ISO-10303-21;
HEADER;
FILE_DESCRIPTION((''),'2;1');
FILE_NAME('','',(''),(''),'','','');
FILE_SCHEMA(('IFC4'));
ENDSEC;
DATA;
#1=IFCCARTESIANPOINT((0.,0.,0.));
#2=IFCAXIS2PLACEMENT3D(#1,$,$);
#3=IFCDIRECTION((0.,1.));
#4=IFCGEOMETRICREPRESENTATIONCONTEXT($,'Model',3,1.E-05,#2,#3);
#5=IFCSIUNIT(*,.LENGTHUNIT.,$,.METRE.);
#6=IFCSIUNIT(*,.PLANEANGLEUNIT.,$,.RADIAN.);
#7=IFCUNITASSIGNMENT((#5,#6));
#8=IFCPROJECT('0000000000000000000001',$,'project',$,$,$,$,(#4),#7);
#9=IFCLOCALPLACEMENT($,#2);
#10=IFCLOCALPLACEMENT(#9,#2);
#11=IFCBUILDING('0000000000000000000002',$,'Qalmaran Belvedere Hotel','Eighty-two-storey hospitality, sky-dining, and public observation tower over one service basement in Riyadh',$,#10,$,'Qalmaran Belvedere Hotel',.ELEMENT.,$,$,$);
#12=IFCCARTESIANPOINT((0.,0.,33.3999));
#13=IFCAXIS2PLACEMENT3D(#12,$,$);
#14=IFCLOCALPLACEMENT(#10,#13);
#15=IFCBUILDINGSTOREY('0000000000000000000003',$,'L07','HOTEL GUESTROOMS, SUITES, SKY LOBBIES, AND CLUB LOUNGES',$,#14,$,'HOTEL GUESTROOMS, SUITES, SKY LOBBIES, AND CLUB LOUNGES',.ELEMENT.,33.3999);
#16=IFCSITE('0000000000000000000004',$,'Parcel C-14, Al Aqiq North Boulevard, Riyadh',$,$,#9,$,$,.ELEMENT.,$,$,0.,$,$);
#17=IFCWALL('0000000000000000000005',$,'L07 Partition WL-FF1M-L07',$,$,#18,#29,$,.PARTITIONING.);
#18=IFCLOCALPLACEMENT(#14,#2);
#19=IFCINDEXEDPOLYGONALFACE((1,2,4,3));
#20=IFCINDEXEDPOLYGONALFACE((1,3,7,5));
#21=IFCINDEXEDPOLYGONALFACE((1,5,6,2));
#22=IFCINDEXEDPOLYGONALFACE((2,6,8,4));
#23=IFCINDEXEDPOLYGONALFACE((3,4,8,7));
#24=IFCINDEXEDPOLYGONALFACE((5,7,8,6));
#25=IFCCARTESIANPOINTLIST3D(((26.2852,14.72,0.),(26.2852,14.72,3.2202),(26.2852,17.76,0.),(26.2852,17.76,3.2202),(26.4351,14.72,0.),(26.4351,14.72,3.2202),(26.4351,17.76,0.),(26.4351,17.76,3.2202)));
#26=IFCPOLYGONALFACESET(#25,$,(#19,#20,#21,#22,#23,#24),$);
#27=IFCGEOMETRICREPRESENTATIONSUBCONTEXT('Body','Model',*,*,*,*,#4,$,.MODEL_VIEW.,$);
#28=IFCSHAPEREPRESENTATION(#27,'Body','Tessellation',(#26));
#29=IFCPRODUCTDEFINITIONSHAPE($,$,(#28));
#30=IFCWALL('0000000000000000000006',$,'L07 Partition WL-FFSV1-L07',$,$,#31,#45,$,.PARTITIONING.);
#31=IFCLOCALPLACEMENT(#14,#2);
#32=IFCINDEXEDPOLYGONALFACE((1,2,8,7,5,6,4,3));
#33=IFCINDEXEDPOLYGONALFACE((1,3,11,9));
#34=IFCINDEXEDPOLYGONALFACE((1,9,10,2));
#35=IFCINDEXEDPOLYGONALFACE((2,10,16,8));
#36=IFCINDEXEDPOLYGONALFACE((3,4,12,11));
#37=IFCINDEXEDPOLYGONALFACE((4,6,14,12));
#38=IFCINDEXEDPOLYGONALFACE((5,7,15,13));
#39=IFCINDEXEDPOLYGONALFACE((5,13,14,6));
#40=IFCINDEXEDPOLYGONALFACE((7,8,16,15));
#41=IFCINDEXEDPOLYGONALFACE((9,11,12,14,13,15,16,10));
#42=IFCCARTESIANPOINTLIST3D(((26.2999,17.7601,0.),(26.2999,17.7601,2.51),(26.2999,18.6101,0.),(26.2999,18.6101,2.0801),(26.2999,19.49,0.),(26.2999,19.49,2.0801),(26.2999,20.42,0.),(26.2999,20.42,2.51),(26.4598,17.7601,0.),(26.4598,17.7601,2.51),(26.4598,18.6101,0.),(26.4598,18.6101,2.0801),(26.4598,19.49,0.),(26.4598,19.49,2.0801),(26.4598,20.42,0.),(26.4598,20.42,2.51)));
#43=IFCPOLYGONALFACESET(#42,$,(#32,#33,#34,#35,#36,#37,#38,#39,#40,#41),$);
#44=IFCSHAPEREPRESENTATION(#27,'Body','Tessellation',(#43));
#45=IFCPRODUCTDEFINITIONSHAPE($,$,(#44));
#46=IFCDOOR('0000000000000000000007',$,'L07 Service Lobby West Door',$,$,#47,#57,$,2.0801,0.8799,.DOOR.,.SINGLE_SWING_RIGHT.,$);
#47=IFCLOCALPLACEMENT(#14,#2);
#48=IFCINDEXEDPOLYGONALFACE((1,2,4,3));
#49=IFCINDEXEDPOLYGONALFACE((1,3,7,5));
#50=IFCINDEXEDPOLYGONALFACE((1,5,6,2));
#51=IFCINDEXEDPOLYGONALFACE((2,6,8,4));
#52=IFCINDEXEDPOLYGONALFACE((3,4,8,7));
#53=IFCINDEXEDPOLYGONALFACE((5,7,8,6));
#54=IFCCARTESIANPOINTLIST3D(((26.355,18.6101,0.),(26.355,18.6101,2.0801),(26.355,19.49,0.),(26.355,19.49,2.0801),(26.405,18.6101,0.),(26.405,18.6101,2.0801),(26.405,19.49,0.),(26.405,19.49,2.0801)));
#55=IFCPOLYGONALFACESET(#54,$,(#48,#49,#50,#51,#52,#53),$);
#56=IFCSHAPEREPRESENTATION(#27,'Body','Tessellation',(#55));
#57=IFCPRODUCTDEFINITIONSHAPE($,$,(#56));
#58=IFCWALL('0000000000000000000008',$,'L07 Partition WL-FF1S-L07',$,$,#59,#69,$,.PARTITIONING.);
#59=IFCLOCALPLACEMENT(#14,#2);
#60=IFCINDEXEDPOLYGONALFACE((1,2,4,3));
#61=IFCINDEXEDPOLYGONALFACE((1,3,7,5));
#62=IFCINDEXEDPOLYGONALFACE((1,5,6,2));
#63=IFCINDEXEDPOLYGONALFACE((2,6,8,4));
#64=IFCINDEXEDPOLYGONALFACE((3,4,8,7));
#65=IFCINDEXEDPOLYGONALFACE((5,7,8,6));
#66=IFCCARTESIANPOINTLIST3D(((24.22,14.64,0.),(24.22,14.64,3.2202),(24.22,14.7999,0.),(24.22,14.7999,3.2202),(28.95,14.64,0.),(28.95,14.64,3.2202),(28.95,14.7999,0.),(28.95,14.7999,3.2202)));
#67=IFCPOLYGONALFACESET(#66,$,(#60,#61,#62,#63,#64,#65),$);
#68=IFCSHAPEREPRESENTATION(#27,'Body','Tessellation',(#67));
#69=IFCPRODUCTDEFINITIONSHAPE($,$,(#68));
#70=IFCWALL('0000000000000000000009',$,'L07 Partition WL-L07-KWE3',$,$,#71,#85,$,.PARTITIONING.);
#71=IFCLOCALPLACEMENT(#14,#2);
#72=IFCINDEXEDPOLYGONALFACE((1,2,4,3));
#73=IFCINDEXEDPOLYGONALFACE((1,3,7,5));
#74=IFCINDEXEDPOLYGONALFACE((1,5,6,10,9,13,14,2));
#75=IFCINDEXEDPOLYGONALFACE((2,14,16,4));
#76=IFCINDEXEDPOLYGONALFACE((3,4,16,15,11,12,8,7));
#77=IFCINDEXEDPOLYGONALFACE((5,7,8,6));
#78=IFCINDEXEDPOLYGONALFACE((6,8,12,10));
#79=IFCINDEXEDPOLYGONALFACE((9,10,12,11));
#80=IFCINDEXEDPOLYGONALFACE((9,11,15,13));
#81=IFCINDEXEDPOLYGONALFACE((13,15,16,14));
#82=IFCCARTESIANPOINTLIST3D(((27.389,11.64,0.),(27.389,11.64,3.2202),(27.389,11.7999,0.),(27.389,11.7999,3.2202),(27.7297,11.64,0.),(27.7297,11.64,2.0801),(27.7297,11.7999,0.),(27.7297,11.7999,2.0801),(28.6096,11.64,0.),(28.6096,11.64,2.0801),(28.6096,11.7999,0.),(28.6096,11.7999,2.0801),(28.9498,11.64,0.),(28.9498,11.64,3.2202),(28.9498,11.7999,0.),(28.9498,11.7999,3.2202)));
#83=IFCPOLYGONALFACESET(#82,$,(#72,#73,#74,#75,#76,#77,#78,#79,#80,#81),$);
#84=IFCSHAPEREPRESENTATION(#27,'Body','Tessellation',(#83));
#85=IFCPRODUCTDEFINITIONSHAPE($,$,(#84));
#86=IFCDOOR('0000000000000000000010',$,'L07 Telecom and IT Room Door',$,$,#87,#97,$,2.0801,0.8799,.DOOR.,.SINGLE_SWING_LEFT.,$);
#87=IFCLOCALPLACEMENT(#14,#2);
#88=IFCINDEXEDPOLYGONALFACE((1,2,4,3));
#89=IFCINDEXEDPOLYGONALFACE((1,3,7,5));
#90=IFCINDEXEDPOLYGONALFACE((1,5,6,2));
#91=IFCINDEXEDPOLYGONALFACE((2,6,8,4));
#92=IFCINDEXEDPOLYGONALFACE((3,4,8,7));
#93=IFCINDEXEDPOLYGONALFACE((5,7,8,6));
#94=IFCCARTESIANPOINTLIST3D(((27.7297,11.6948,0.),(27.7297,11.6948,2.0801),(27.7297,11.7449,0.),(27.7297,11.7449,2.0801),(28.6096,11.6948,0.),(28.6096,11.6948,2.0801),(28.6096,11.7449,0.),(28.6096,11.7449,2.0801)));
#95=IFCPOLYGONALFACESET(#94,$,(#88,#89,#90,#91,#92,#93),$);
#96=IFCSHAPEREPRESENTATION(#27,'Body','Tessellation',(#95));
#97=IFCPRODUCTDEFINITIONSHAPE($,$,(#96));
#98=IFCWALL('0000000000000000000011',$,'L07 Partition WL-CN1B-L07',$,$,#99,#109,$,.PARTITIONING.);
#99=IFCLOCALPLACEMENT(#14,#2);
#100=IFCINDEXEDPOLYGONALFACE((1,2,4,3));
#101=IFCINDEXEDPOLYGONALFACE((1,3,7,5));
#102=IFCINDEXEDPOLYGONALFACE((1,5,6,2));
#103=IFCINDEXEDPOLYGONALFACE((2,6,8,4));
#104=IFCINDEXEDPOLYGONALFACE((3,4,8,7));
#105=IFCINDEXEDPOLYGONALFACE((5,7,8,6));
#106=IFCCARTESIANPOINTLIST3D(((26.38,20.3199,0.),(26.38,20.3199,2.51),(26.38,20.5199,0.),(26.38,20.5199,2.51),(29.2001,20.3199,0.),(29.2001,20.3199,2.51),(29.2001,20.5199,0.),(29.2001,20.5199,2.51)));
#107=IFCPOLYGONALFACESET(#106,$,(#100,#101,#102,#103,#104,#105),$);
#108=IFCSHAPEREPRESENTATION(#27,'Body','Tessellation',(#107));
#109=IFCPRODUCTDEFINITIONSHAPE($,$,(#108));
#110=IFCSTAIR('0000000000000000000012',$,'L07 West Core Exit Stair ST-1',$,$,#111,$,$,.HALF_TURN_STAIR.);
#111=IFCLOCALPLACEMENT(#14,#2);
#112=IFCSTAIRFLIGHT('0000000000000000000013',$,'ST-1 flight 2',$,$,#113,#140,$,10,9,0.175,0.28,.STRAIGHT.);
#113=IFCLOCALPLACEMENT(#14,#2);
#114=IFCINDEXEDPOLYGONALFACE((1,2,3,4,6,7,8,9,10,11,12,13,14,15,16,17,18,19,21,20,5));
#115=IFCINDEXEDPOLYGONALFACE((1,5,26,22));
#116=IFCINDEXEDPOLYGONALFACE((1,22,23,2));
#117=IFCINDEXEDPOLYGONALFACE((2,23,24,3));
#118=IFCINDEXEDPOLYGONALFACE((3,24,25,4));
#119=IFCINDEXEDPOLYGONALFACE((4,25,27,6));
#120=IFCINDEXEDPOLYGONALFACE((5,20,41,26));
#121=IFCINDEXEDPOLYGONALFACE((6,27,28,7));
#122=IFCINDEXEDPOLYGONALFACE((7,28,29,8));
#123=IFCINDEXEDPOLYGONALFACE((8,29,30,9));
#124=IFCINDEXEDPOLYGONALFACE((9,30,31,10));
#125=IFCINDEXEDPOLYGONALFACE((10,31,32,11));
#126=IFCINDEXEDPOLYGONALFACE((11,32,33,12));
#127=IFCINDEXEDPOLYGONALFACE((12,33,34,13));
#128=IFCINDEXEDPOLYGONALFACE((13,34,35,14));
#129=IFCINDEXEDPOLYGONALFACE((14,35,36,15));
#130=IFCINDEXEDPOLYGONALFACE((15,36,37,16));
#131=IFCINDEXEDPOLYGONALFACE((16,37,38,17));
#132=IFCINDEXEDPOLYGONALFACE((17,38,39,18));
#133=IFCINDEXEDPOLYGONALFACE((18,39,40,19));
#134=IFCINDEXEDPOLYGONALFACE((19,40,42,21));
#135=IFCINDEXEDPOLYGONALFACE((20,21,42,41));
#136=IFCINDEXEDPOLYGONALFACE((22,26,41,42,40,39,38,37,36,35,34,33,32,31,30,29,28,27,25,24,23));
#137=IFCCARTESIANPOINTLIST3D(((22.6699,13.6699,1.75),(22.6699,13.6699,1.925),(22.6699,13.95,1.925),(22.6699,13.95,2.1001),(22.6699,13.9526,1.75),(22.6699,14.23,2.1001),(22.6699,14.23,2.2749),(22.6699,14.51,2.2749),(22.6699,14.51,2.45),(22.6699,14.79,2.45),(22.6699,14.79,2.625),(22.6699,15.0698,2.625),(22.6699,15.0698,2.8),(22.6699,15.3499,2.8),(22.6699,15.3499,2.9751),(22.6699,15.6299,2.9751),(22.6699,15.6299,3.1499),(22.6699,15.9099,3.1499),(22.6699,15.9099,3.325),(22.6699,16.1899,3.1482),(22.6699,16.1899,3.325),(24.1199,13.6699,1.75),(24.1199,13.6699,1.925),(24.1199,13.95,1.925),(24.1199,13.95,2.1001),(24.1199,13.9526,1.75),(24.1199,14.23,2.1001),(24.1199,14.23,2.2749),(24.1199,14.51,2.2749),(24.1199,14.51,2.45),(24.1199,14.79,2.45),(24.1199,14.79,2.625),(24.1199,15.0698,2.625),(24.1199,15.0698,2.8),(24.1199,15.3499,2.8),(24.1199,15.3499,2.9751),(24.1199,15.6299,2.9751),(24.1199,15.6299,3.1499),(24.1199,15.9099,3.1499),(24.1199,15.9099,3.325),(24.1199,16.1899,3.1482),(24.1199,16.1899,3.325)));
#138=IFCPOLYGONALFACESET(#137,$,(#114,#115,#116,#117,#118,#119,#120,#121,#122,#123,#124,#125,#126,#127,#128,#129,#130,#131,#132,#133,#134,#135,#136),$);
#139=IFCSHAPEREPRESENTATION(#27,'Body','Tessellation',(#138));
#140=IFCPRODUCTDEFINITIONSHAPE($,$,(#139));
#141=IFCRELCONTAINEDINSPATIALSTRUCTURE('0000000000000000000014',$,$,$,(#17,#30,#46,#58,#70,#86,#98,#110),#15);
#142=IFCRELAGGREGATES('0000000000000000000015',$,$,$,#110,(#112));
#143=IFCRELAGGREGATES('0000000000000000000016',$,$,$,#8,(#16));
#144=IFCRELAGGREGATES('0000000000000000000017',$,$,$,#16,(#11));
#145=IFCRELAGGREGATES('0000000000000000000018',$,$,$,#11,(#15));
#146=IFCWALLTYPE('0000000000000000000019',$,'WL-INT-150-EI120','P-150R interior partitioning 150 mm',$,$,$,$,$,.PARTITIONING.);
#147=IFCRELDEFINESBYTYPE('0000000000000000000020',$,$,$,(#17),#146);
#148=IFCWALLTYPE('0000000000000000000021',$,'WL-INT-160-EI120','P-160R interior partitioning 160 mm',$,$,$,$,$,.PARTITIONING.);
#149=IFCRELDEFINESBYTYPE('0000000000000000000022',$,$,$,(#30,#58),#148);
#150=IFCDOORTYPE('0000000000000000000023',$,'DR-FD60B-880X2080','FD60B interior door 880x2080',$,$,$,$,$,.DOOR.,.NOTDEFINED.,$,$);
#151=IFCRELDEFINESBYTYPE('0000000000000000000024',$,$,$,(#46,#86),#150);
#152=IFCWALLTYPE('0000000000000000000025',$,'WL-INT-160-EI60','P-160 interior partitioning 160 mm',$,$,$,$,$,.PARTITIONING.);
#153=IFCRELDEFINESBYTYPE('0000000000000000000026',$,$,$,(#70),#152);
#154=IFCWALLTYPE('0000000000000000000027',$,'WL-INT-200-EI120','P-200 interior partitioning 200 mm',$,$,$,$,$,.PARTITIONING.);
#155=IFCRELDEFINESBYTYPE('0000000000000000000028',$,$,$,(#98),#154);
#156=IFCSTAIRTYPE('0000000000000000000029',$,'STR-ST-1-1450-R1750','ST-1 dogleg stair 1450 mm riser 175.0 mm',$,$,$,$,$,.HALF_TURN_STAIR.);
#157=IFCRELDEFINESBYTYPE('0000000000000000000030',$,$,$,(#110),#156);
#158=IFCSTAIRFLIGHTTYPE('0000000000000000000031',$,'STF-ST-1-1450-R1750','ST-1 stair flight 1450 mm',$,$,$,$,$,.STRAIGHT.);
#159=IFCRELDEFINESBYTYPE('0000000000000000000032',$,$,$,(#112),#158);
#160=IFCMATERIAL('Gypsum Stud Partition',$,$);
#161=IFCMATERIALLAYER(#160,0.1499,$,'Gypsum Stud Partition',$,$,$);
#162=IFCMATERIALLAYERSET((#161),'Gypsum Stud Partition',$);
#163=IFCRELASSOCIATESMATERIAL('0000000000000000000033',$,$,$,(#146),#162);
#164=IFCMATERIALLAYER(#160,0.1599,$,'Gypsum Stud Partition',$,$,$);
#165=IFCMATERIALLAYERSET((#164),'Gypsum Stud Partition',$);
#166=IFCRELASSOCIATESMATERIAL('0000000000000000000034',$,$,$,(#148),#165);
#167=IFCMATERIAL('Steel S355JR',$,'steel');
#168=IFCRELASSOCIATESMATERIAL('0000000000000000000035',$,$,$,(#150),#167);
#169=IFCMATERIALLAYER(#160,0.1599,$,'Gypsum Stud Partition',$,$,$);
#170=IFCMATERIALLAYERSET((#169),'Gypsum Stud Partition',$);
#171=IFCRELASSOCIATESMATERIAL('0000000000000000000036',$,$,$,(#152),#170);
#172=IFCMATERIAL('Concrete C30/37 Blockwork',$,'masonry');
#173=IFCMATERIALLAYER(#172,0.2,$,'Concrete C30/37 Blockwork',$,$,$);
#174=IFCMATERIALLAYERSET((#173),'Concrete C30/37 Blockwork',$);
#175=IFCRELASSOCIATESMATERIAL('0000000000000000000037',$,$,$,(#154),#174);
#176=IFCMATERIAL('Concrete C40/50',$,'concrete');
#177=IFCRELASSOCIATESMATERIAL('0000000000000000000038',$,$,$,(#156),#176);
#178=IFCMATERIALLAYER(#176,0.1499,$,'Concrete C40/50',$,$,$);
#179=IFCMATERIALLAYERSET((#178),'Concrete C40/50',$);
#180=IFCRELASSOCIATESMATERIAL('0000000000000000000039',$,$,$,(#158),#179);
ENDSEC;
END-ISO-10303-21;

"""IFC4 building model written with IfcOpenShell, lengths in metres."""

from ifc_helpers import new_model, si_unit, direction, frame, frame_2d, origin, place, context, subcontext, project, spatial, polyline, rectangle, outline, extrude, material, layer, layer_set, type_object, element, fill, aggregate, save


model = new_model("IFC4")

# Units and contexts
model_context = context("Model", 3, precision=1e-05, world=origin(), true_north=direction((0.0, 1.0)))
body_context = subcontext(model_context, "Body", "Model", "MODEL_VIEW")
ifc_project = project(units=[si_unit("LENGTHUNIT", "METRE"), si_unit("PLANEANGLEUNIT", "RADIAN")], contexts=[model_context])

# Site, building, storey
site_placement = place(None, origin())
site = spatial("IfcSite", under=ifc_project, at=site_placement, Name="Parcel C-14, Al Aqiq North Boulevard, Riyadh", CompositionType="ELEMENT", RefElevation=0.0)
building_placement = place(site_placement, origin())
building = spatial("IfcBuilding", under=site, at=building_placement, Name="Qalmaran Belvedere Hotel", Description="Eighty-two-storey hospitality, sky-dining, and public observation tower over one service basement in Riyadh", LongName="Qalmaran Belvedere Hotel", CompositionType="ELEMENT")
storey_placement = place(building_placement, frame((0.0, 0.0, 33.3999)))
storey = spatial("IfcBuildingStorey", under=building, at=storey_placement, Name="L07", Description="HOTEL GUESTROOMS, SUITES, SKY LOBBIES, AND CLUB LOUNGES", LongName="HOTEL GUESTROOMS, SUITES, SKY LOBBIES, AND CLUB LOUNGES", CompositionType="ELEMENT", Elevation=33.3999)

# Wall
ifc_material_1 = material(Name="Gypsum Stud Partition")
ifc_layer_1 = layer(ifc_material_1, 0.1499, Name="Gypsum Stud Partition")
ifc_layer_set_1 = layer_set([ifc_layer_1], Name="Gypsum Stud Partition")
wall_type_1 = type_object("IfcWallType", Name="WL-INT-150-EI120", Description="P-150R interior partitioning 150 mm", PredefinedType="PARTITIONING", material=ifc_layer_set_1)
wall_1_placement = place(storey_placement, frame((26.3601, 14.72, 0.0), z_axis=(0.0, 0.0, 1.0), x_axis=(0.0, 1.0, 0.0)))
element("IfcWall", 1, at=wall_1_placement, inside=storey, type_object=wall_type_1, Name="L07 Partition WL-FF1M-L07", PredefinedType="PARTITIONING", context=body_context, shape_type="SweptSolid", body=[
    extrude(rectangle(XDim=3.04, YDim=0.1499, at=frame_2d((1.52, 0.0))), origin(), (0.0, 0.0, 1.0), 3.2202),
])

# Wall, opening, door
ifc_layer_2 = layer(ifc_material_1, 0.1599, Name="Gypsum Stud Partition")
ifc_layer_set_2 = layer_set([ifc_layer_2], Name="Gypsum Stud Partition")
wall_type_2 = type_object("IfcWallType", Name="WL-INT-160-EI120", Description="P-160R interior partitioning 160 mm", PredefinedType="PARTITIONING", material=ifc_layer_set_2)
wall_2_placement = place(storey_placement, frame((26.3799, 17.76, 0.0), z_axis=(0.0, 0.0, 1.0), x_axis=(0.0, 1.0, 0.0)))
wall_2 = element("IfcWall", 2, at=wall_2_placement, inside=storey, type_object=wall_type_2, Name="L07 Partition WL-FFSV1-L07", PredefinedType="PARTITIONING", context=body_context, shape_type="SweptSolid", body=[
    extrude(rectangle(XDim=2.6599, YDim=0.1599, at=frame_2d((1.3301, 0.0))), origin(), (0.0, 0.0, 1.0), 2.51),
])
opening_1_placement = place(wall_2_placement, frame((0.8501, 0.0, 0.0)))
opening_1 = element("IfcOpeningElement", 3, at=opening_1_placement, cuts=wall_2, PredefinedType="OPENING", context=body_context, shape_type="SweptSolid", body=[
    extrude(rectangle(XDim=0.8799, YDim=2.0801, at=frame_2d((0.4399, 1.04))), frame((0.0, 0.0898, 0.0), z_axis=(0.0, -1.0, 0.0), x_axis=(1.0, 0.0, 0.0)), (0.0, 0.0, 1.0), 0.1799),
])
ifc_material_2 = material(Name="Steel S355JR", Category="steel")
door_type_1 = type_object("IfcDoorType", Name="DR-FD60B-880X2080", Description="FD60B interior door 880x2080", OperationType="NOTDEFINED", PredefinedType="DOOR", material=ifc_material_2)
door_1_placement = place(opening_1_placement, origin())
door_1 = element("IfcDoor", 4, at=door_1_placement, inside=storey, type_object=door_type_1, Name="L07 Service Lobby West Door", OperationType="SINGLE_SWING_RIGHT", OverallHeight=2.0801, OverallWidth=0.8799, PredefinedType="DOOR", context=body_context, shape_type="SweptSolid", body=[
    extrude(rectangle(XDim=0.8799, YDim=2.0801, at=frame_2d((0.4399, 1.04))), frame((0.0, 0.0249, 0.0), z_axis=(0.0, -1.0, 0.0), x_axis=(1.0, 0.0, 0.0)), (0.0, 0.0, 1.0), 0.05),
])
fill(opening_1, door_1)

# Wall
wall_3_placement = place(storey_placement, frame((24.22, 14.72, 0.0), z_axis=(0.0, 0.0, 1.0), x_axis=(1.0, 0.0, 0.0)))
element("IfcWall", 5, at=wall_3_placement, inside=storey, type_object=wall_type_2, Name="L07 Partition WL-FF1S-L07", PredefinedType="PARTITIONING", context=body_context, shape_type="SweptSolid", body=[
    extrude(rectangle(XDim=4.73, YDim=0.1599, at=frame_2d((2.365, 0.0))), origin(), (0.0, 0.0, 1.0), 3.2202),
])

# Wall, opening, door
ifc_layer_3 = layer(ifc_material_1, 0.1599, Name="Gypsum Stud Partition")
ifc_layer_set_3 = layer_set([ifc_layer_3], Name="Gypsum Stud Partition")
wall_type_3 = type_object("IfcWallType", Name="WL-INT-160-EI60", Description="P-160 interior partitioning 160 mm", PredefinedType="PARTITIONING", material=ifc_layer_set_3)
wall_4_placement = place(storey_placement, frame((27.3892, 11.72, 0.0), z_axis=(0.0, 0.0, 1.0), x_axis=(1.0, 0.0, 0.0)))
wall_4 = element("IfcWall", 6, at=wall_4_placement, inside=storey, type_object=wall_type_3, Name="L07 Partition WL-L07-KWE3", PredefinedType="PARTITIONING", context=body_context, shape_type="SweptSolid", body=[
    extrude(rectangle(XDim=1.5608, YDim=0.1599, at=frame_2d((0.7803, 0.0))), origin(), (0.0, 0.0, 1.0), 3.2202),
])
opening_2_placement = place(wall_4_placement, frame((0.3406, 0.0, 0.0)))
opening_2 = element("IfcOpeningElement", 7, at=opening_2_placement, cuts=wall_4, PredefinedType="OPENING", context=body_context, shape_type="SweptSolid", body=[
    extrude(rectangle(XDim=0.8799, YDim=2.0801, at=frame_2d((0.4399, 1.04))), frame((0.0, 0.0898, 0.0), z_axis=(0.0, -1.0, 0.0), x_axis=(1.0, 0.0, 0.0)), (0.0, 0.0, 1.0), 0.1799),
])
door_2_placement = place(opening_2_placement, origin())
door_2 = element("IfcDoor", 8, at=door_2_placement, inside=storey, type_object=door_type_1, Name="L07 Telecom and IT Room Door", OperationType="SINGLE_SWING_LEFT", OverallHeight=2.0801, OverallWidth=0.8799, PredefinedType="DOOR", context=body_context, shape_type="SweptSolid", body=[
    extrude(rectangle(XDim=0.8799, YDim=2.0801, at=frame_2d((0.4399, 1.04))), frame((0.0, 0.0249, 0.0), z_axis=(0.0, -1.0, 0.0), x_axis=(1.0, 0.0, 0.0)), (0.0, 0.0, 1.0), 0.05),
])
fill(opening_2, door_2)

# Wall
ifc_material_3 = material(Name="Concrete C30/37 Blockwork", Category="masonry")
ifc_layer_4 = layer(ifc_material_3, 0.2, Name="Concrete C30/37 Blockwork")
ifc_layer_set_4 = layer_set([ifc_layer_4], Name="Concrete C30/37 Blockwork")
wall_type_4 = type_object("IfcWallType", Name="WL-INT-200-EI120", Description="P-200 interior partitioning 200 mm", PredefinedType="PARTITIONING", material=ifc_layer_set_4)
wall_5_placement = place(storey_placement, frame((26.3799, 20.4199, 0.0), z_axis=(0.0, 0.0, 1.0), x_axis=(1.0, 0.0, 0.0)))
element("IfcWall", 9, at=wall_5_placement, inside=storey, type_object=wall_type_4, Name="L07 Partition WL-CN1B-L07", PredefinedType="PARTITIONING", context=body_context, shape_type="SweptSolid", body=[
    extrude(rectangle(XDim=2.8201, YDim=0.2, at=frame_2d((1.4102, 0.0))), origin(), (0.0, 0.0, 1.0), 2.51),
])

# Stair, stair flight
ifc_material_4 = material(Name="Concrete C40/50", Category="concrete")
stair_type = type_object("IfcStairType", Name="STR-ST-1-1450-R1750", Description="ST-1 dogleg stair 1450 mm riser 175.0 mm", PredefinedType="HALF_TURN_STAIR", material=ifc_material_4)
stair_placement = place(storey_placement, origin())
stair = element("IfcStair", 10, at=stair_placement, inside=storey, type_object=stair_type, Name="L07 West Core Exit Stair ST-1", PredefinedType="HALF_TURN_STAIR")
ifc_layer_5 = layer(ifc_material_4, 0.1499, Name="Concrete C40/50")
ifc_layer_set_5 = layer_set([ifc_layer_5], Name="Concrete C40/50")
stair_flight_type = type_object("IfcStairFlightType", Name="STF-ST-1-1450-R1750", Description="ST-1 stair flight 1450 mm", PredefinedType="STRAIGHT", material=ifc_layer_set_5)
stair_flight_placement = place(storey_placement, frame((23.395, 13.6699, 1.75), z_axis=(0.0, 0.0, 1.0), x_axis=(0.0, 1.0, 0.0)))
stair_flight = element("IfcStairFlight", 11, at=stair_flight_placement, type_object=stair_flight_type, Name="ST-1 flight 2", NumberOfRisers=10, NumberOfTreads=9, PredefinedType="STRAIGHT", RiserHeight=0.175, TreadLength=0.28, context=body_context, shape_type="SweptSolid", body=[
    extrude(outline(polyline([(0.0, 0.0), (0.0, 0.175), (0.28, 0.175), (0.28, 0.3501), (0.5601, 0.3501), (0.5601, 0.5249), (0.8401, 0.5249), (0.8401, 0.7), (1.1201, 0.7), (1.1201, 0.875), (1.3999, 0.875), (1.3999, 1.05), (1.6799, 1.05), (1.6799, 1.2251), (1.96, 1.2251), (1.96, 1.3999), (2.24, 1.3999), (2.24, 1.575), (2.52, 1.575), (2.52, 1.75), (2.52, 1.3982), (0.2827, 0.0), (0.0, 0.0)])), frame((0.0, 0.7251, 0.0), z_axis=(0.0, -1.0, 0.0), x_axis=(1.0, 0.0, 0.0)), (0.0, 0.0, 1.0), 1.45),
])
aggregate(stair, [stair_flight])

save(model, "model.ifc")
